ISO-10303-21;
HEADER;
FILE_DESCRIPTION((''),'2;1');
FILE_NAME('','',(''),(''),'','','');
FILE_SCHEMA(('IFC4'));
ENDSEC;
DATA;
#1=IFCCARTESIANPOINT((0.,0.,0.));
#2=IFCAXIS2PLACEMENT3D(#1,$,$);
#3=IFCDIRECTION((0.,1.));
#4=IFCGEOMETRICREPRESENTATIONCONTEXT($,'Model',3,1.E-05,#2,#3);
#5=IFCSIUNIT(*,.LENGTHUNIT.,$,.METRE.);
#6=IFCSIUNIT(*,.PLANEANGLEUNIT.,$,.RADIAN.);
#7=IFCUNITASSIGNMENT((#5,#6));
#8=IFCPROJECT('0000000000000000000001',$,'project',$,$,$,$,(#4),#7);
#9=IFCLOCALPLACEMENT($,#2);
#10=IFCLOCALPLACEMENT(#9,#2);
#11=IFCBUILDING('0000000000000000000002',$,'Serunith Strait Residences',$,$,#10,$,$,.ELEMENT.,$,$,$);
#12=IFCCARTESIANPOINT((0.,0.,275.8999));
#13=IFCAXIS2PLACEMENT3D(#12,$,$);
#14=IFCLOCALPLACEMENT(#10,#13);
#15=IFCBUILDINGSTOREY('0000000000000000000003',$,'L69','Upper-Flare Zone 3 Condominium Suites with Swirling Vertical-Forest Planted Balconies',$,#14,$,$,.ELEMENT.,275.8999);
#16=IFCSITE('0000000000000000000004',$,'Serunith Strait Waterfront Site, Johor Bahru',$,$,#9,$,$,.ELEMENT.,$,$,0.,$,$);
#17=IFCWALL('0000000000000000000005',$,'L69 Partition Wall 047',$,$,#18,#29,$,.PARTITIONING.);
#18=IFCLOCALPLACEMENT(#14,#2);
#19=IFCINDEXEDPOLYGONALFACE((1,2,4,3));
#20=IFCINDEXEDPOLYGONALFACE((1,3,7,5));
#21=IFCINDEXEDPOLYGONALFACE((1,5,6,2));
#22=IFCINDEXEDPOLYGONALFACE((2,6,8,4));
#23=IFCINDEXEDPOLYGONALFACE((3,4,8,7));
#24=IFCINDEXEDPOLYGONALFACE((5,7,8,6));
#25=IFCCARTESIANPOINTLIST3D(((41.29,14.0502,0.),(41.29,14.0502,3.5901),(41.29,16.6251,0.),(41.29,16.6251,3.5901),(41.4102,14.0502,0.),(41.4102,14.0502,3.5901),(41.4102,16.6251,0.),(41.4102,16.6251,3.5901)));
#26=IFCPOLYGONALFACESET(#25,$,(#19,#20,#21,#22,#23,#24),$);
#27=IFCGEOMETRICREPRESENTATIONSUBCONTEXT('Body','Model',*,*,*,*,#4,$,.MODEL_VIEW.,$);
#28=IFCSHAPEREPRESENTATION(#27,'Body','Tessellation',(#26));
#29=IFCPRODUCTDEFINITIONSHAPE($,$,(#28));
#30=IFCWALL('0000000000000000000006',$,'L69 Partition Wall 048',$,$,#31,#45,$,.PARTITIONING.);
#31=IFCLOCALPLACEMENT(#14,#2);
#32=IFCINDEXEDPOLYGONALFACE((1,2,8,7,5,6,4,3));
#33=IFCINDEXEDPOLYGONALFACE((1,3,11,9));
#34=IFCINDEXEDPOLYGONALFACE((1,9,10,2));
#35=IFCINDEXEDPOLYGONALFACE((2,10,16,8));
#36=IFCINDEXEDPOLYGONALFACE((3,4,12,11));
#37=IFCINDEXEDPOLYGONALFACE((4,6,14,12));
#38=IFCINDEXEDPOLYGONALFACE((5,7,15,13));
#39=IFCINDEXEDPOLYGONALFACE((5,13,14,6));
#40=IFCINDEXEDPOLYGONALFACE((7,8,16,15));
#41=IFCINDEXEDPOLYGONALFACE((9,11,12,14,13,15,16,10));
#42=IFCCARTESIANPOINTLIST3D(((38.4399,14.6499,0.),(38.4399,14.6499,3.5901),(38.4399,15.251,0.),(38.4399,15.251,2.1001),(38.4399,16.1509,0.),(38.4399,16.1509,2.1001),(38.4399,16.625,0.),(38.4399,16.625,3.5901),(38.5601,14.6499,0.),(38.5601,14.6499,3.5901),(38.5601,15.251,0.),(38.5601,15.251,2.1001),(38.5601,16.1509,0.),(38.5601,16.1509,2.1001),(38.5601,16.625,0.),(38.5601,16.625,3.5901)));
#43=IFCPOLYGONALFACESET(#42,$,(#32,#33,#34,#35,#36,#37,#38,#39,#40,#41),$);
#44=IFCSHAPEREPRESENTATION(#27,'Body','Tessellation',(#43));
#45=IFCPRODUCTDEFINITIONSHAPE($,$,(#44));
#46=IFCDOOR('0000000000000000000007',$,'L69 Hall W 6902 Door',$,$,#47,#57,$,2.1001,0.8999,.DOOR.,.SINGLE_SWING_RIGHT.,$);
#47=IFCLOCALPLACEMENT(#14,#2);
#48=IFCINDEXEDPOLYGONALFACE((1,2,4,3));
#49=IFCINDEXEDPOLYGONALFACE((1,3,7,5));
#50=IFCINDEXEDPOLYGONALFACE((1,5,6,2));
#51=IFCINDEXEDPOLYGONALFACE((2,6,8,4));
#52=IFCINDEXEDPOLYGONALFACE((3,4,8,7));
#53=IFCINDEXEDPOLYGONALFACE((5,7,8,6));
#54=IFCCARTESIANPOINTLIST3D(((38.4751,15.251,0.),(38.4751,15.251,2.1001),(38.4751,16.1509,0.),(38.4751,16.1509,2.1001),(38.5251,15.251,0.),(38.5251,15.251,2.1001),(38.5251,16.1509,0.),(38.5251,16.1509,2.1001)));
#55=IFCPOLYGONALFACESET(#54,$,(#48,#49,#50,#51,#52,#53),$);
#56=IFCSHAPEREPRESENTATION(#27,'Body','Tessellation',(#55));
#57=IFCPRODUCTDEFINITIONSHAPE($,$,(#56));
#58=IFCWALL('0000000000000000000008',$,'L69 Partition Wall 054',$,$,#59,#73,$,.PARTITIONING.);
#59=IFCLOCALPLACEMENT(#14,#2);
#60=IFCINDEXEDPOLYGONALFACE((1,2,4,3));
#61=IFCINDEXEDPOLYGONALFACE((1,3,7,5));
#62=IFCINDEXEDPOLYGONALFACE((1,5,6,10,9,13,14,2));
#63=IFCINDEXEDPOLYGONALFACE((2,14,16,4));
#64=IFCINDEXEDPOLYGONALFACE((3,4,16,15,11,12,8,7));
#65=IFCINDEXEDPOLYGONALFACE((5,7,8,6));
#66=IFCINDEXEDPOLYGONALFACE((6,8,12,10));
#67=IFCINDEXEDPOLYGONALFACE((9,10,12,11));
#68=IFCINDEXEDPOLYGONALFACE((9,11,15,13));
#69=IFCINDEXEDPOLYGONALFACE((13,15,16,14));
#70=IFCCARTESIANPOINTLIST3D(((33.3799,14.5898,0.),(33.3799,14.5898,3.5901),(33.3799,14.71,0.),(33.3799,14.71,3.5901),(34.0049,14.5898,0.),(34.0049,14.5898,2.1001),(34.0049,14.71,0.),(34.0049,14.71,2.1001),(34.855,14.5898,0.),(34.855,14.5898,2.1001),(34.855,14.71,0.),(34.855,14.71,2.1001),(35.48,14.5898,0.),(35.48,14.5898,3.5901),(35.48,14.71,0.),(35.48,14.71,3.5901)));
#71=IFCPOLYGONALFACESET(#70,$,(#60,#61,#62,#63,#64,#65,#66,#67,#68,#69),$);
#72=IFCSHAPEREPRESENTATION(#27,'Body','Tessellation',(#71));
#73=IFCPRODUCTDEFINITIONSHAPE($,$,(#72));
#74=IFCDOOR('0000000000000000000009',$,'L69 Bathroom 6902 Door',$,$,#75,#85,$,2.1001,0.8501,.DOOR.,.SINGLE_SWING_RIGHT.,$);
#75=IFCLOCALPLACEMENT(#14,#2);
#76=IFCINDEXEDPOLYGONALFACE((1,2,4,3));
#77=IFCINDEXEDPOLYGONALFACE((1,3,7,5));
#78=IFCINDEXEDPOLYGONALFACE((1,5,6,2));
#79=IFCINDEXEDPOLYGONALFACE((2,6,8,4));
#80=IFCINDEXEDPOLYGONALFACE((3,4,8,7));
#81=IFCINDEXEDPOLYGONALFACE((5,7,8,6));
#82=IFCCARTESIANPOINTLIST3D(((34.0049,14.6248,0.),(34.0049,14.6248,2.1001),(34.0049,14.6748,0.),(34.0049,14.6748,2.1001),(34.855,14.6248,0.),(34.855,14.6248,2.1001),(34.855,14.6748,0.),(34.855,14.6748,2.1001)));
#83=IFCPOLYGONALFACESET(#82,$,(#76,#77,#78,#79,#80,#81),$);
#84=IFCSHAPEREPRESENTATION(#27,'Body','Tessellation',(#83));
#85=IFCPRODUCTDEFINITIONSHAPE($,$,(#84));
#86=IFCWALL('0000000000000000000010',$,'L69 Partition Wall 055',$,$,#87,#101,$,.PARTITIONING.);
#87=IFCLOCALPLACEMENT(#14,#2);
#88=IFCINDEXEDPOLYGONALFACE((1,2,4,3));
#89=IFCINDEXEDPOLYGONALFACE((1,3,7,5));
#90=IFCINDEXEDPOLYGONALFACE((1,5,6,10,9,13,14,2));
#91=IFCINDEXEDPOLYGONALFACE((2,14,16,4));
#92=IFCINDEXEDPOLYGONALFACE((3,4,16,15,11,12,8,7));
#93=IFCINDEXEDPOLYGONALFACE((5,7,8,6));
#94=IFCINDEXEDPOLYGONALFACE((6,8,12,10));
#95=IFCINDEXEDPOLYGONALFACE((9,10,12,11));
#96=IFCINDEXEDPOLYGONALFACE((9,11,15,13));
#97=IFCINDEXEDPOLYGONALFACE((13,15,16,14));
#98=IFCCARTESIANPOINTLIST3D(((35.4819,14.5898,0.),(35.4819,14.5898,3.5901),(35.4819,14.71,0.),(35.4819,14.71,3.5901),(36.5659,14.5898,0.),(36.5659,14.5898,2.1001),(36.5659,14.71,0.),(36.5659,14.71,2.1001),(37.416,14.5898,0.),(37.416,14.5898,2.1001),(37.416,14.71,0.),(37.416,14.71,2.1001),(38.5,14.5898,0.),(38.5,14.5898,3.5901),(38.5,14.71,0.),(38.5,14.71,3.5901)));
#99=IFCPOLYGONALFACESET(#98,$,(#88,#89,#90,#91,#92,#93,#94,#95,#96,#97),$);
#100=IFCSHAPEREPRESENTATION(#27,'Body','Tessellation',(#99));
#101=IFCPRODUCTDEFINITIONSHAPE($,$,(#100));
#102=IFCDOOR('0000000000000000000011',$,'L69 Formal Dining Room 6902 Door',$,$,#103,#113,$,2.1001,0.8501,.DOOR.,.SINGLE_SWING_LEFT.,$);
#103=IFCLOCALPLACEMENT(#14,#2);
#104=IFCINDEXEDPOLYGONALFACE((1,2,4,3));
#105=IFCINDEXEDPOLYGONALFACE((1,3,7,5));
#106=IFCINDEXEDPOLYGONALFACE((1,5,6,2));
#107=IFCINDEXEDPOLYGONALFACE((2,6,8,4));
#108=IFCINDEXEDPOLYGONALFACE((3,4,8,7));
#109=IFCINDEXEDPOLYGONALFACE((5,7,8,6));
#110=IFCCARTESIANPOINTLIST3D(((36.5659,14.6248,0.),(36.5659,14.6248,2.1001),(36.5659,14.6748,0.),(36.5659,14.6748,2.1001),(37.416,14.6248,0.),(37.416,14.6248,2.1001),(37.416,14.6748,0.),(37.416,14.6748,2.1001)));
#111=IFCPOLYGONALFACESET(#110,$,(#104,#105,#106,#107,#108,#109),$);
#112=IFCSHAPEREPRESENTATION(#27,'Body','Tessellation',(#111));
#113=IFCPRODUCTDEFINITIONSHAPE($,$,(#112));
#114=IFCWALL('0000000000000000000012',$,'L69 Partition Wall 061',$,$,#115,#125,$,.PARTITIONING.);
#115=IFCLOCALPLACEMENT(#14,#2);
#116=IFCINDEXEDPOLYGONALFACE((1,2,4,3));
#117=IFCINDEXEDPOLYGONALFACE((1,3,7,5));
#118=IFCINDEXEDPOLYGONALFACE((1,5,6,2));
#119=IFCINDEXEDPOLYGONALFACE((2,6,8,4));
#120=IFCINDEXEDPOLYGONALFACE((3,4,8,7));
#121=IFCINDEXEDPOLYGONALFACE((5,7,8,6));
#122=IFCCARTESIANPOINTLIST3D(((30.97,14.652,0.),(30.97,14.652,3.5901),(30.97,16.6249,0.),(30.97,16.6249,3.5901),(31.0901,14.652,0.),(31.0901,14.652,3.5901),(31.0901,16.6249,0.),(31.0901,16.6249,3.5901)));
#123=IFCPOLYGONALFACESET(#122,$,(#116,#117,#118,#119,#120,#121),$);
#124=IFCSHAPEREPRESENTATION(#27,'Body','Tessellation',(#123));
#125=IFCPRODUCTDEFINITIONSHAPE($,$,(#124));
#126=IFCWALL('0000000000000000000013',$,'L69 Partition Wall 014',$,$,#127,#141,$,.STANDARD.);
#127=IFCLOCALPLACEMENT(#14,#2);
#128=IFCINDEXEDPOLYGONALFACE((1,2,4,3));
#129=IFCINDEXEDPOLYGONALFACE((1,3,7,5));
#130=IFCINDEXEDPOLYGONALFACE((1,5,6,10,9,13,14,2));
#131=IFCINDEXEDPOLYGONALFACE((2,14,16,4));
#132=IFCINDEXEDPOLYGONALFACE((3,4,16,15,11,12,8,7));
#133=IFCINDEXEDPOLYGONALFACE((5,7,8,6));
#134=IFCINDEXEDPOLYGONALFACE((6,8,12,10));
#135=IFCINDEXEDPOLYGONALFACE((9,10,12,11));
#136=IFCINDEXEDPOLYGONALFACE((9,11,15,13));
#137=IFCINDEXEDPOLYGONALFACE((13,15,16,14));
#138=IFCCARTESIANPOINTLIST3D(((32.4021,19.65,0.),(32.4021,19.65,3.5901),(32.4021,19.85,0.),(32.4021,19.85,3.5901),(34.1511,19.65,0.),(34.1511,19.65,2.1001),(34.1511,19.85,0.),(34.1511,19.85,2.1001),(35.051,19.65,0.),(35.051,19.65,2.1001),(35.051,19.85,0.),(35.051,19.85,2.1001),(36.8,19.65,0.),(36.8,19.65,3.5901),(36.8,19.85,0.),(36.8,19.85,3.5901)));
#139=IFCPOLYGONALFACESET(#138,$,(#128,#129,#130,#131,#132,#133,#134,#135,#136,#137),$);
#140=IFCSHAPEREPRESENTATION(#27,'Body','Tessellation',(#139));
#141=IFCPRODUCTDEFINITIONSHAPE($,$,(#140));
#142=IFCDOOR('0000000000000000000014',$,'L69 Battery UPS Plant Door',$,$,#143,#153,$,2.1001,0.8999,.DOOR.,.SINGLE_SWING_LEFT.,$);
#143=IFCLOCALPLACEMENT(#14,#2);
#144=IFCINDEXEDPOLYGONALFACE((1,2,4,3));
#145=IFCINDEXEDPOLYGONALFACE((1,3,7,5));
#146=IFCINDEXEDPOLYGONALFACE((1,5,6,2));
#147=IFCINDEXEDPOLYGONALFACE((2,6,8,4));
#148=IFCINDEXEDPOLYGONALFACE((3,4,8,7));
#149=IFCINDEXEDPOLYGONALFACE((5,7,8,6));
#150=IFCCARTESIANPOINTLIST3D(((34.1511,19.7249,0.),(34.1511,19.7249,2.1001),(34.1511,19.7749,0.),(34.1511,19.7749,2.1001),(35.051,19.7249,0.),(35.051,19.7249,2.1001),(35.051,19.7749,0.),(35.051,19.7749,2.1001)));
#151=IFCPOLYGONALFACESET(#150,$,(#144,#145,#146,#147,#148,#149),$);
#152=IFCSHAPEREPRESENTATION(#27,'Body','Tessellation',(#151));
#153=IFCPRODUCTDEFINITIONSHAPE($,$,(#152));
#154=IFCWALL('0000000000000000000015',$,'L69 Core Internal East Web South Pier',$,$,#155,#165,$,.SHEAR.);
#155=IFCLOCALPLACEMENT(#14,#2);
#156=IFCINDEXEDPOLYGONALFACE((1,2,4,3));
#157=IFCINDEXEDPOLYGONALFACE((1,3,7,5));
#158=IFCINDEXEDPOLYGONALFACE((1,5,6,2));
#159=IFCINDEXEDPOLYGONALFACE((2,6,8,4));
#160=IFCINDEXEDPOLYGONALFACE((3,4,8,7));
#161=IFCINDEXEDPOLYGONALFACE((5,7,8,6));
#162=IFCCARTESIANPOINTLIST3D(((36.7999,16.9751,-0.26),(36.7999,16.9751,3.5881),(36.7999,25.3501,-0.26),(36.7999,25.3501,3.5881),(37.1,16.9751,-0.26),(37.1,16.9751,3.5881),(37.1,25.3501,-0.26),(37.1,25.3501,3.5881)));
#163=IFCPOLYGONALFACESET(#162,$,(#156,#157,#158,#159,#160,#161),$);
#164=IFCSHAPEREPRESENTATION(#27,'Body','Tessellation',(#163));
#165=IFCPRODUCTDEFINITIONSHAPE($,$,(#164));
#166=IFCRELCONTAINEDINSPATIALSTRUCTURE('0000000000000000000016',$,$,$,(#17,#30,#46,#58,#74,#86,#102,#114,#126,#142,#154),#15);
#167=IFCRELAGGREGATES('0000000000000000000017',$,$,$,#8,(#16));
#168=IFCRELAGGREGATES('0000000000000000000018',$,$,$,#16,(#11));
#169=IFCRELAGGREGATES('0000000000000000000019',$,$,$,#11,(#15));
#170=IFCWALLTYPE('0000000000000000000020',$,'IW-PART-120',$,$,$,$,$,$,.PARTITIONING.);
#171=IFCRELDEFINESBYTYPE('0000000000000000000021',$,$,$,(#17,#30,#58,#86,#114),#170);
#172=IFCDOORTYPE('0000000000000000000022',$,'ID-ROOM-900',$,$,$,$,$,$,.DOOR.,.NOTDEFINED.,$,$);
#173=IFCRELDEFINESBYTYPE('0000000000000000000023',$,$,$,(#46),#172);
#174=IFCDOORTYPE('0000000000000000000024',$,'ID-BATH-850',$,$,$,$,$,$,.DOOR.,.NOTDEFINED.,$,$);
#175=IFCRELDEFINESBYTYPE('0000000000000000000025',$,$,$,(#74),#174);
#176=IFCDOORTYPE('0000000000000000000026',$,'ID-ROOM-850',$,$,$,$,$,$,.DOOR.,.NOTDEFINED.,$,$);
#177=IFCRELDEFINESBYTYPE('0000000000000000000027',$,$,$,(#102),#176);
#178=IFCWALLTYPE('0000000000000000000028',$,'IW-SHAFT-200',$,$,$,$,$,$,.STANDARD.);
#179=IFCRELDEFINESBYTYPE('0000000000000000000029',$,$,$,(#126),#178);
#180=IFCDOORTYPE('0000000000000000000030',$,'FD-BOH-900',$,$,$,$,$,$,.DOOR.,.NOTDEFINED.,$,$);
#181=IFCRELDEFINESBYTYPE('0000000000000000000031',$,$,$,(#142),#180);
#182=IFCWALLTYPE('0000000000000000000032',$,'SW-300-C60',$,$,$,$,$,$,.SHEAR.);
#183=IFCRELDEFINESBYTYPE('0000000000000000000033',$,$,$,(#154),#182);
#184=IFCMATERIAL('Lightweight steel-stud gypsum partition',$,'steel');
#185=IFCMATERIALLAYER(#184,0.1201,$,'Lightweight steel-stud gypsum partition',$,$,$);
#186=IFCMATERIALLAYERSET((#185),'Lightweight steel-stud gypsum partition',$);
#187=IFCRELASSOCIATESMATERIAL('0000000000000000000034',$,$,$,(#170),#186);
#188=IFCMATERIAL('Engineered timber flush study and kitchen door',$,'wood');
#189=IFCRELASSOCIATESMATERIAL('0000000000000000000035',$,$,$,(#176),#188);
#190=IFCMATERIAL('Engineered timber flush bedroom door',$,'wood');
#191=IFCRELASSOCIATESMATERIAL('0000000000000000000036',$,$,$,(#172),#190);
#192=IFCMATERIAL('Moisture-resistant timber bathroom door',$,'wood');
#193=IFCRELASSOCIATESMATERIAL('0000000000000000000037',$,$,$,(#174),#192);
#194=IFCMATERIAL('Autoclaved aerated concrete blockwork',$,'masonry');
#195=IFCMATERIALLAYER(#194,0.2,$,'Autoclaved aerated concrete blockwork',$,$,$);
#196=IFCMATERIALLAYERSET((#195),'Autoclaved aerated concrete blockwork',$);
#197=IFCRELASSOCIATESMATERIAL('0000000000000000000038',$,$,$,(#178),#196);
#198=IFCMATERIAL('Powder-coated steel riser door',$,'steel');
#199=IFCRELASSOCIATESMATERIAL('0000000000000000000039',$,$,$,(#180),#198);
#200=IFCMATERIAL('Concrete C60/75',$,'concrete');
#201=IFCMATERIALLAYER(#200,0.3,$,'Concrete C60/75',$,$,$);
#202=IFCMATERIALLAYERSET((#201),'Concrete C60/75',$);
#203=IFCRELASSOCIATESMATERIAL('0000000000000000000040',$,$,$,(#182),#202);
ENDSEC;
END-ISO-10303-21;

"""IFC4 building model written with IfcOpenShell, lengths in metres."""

from ifc_helpers import new_model, si_unit, direction, frame, frame_2d, origin, place, context, subcontext, project, spatial, rectangle, extrude, source, transform, mapped, material, layer, layer_set, type_object, element, fill, save


model = new_model("IFC4")

# Units and contexts
model_context = context("Model", 3, precision=1e-05, world=origin(), true_north=direction((0.0, 1.0)))
body_context = subcontext(model_context, "Body", "Model", "MODEL_VIEW")
ifc_project = project(units=[si_unit("LENGTHUNIT", "METRE"), si_unit("PLANEANGLEUNIT", "RADIAN")], contexts=[model_context])

# Site, building, storey
site_placement = place(None, origin())
site = spatial("IfcSite", under=ifc_project, at=site_placement, Name="Serunith Strait Waterfront Site, Johor Bahru", CompositionType="ELEMENT", RefElevation=0.0)
building_placement = place(site_placement, origin())
building = spatial("IfcBuilding", under=site, at=building_placement, Name="Serunith Strait Residences", CompositionType="ELEMENT")
storey_placement = place(building_placement, frame((0.0, 0.0, 275.8999)))
storey = spatial("IfcBuildingStorey", under=building, at=storey_placement, Name="L69", Description="Upper-Flare Zone 3 Condominium Suites with Swirling Vertical-Forest Planted Balconies", CompositionType="ELEMENT", Elevation=275.8999)

# Shared definitions
ifc_material_1 = material(Name="Concrete C60/75", Category="concrete")

# Shared definitions
ifc_material_2 = material(Name="Lightweight steel-stud gypsum partition", Category="steel")
ifc_layer_1 = layer(ifc_material_2, 0.1201, Name="Lightweight steel-stud gypsum partition")
ifc_layer_set_1 = layer_set([ifc_layer_1], Name="Lightweight steel-stud gypsum partition")
wall_type_1 = type_object("IfcWallType", Name="IW-PART-120", PredefinedType="PARTITIONING", material=ifc_layer_set_1)
ifc_material_3 = material(Name="Engineered timber flush study and kitchen door", Category="wood")
door_type_1 = type_object("IfcDoorType", Name="ID-ROOM-850", OperationType="NOTDEFINED", PredefinedType="DOOR", material=ifc_material_3)
shared_shape_1 = source(origin(), body_context, "Body", "SweptSolid", [
    extrude(rectangle(XDim=0.8501, YDim=2.1001, at=frame_2d((0.425, 1.05))), frame((0.0, 0.0249, 0.0), z_axis=(0.0, -1.0, 0.0), x_axis=(1.0, 0.0, 0.0)), (0.0, 0.0, 1.0), 0.05),
])

# Wall
wall_1_placement = place(storey_placement, frame((41.3501, 14.05, 0.0), z_axis=(0.0, 0.0, 1.0), x_axis=(0.0, 1.0, 0.0)))
element("IfcWall", 1, at=wall_1_placement, inside=storey, type_object=wall_type_1, Name="L69 Partition Wall 047", PredefinedType="PARTITIONING", context=body_context, shape_type="SweptSolid", body=[
    extrude(rectangle(XDim=2.575, YDim=0.1201, at=frame_2d((1.2876, 0.0))), origin(), (0.0, 0.0, 1.0), 3.5901),
])

# Walls, openings, doors
wall_2_placement = place(storey_placement, frame((38.5, 14.6499, 0.0), z_axis=(0.0, 0.0, 1.0), x_axis=(0.0, 1.0, 0.0)))
wall_2 = element("IfcWall", 2, at=wall_2_placement, inside=storey, type_object=wall_type_1, Name="L69 Partition Wall 048", PredefinedType="PARTITIONING", context=body_context, shape_type="SweptSolid", body=[
    extrude(rectangle(XDim=1.9751, YDim=0.1201, at=frame_2d((0.9875, 0.0))), origin(), (0.0, 0.0, 1.0), 3.5901),
])
opening_1_placement = place(wall_2_placement, frame((0.6011, 0.0, 0.0)))
opening_1 = element("IfcOpeningElement", 3, at=opening_1_placement, cuts=wall_2, PredefinedType="OPENING", context=body_context, shape_type="SweptSolid", body=[
    extrude(rectangle(XDim=0.8999, YDim=2.1001, at=frame_2d((0.45, 1.05))), frame((0.0, 0.0701, 0.0), z_axis=(0.0, -1.0, 0.0), x_axis=(1.0, 0.0, 0.0)), (0.0, 0.0, 1.0), 0.1401),
])
ifc_material_4 = material(Name="Engineered timber flush bedroom door", Category="wood")
door_type_2 = type_object("IfcDoorType", Name="ID-ROOM-900", OperationType="NOTDEFINED", PredefinedType="DOOR", material=ifc_material_4)
shared_shape_2 = source(origin(), body_context, "Body", "SweptSolid", [
    extrude(rectangle(XDim=0.8999, YDim=2.1001, at=frame_2d((0.45, 1.05))), frame((0.0, 0.0249, 0.0), z_axis=(0.0, -1.0, 0.0), x_axis=(1.0, 0.0, 0.0)), (0.0, 0.0, 1.0), 0.05),
])
door_1_placement = place(opening_1_placement, origin())
door_1 = element("IfcDoor", 4, at=door_1_placement, inside=storey, type_object=door_type_2, Name="L69 Hall W 6902 Door", OperationType="SINGLE_SWING_RIGHT", OverallHeight=2.1001, OverallWidth=0.8999, PredefinedType="DOOR", context=body_context, shape_type="MappedRepresentation", body=[
    mapped(shared_shape_2, transform((0.0, 0.0, 0.0), scale=1.0)),
])
fill(opening_1, door_1)
wall_3_placement = place(storey_placement, frame((33.3799, 14.6499, 0.0), z_axis=(0.0, 0.0, 1.0), x_axis=(1.0, 0.0, 0.0)))
wall_3 = element("IfcWall", 5, at=wall_3_placement, inside=storey, type_object=wall_type_1, Name="L69 Partition Wall 054", PredefinedType="PARTITIONING", context=body_context, shape_type="SweptSolid", body=[
    extrude(rectangle(XDim=2.1001, YDim=0.1201, at=frame_2d((1.05, 0.0))), origin(), (0.0, 0.0, 1.0), 3.5901),
])
opening_2_placement = place(wall_3_placement, frame((0.625, 0.0, 0.0)))
opening_2 = element("IfcOpeningElement", 6, at=opening_2_placement, cuts=wall_3, PredefinedType="OPENING", context=body_context, shape_type="SweptSolid", body=[
    extrude(rectangle(XDim=0.8501, YDim=2.1001, at=frame_2d((0.425, 1.05))), frame((0.0, 0.0701, 0.0), z_axis=(0.0, -1.0, 0.0), x_axis=(1.0, 0.0, 0.0)), (0.0, 0.0, 1.0), 0.1401),
])
ifc_material_5 = material(Name="Moisture-resistant timber bathroom door", Category="wood")
door_type_3 = type_object("IfcDoorType", Name="ID-BATH-850", OperationType="NOTDEFINED", PredefinedType="DOOR", material=ifc_material_5)
door_2_placement = place(opening_2_placement, origin())
door_2 = element("IfcDoor", 7, at=door_2_placement, inside=storey, type_object=door_type_3, Name="L69 Bathroom 6902 Door", OperationType="SINGLE_SWING_RIGHT", OverallHeight=2.1001, OverallWidth=0.8501, PredefinedType="DOOR", context=body_context, shape_type="MappedRepresentation", body=[
    mapped(shared_shape_1, transform((0.0, 0.0, 0.0), scale=1.0)),
])
fill(opening_2, door_2)
wall_4_placement = place(storey_placement, frame((35.4819, 14.6499, 0.0), z_axis=(0.0, 0.0, 1.0), x_axis=(1.0, 0.0, 0.0)))
wall_4 = element("IfcWall", 8, at=wall_4_placement, inside=storey, type_object=wall_type_1, Name="L69 Partition Wall 055", PredefinedType="PARTITIONING", context=body_context, shape_type="SweptSolid", body=[
    extrude(rectangle(XDim=3.0181, YDim=0.1201, at=frame_2d((1.509, 0.0))), origin(), (0.0, 0.0, 1.0), 3.5901),
])
opening_3_placement = place(wall_4_placement, frame((1.084, 0.0, 0.0)))
opening_3 = element("IfcOpeningElement", 9, at=opening_3_placement, cuts=wall_4, PredefinedType="OPENING", context=body_context, shape_type="SweptSolid", body=[
    extrude(rectangle(XDim=0.8501, YDim=2.1001, at=frame_2d((0.425, 1.05))), frame((0.0, 0.0701, 0.0), z_axis=(0.0, -1.0, 0.0), x_axis=(1.0, 0.0, 0.0)), (0.0, 0.0, 1.0), 0.1401),
])
door_3_placement = place(opening_3_placement, origin())
door_3 = element("IfcDoor", 10, at=door_3_placement, inside=storey, type_object=door_type_1, Name="L69 Formal Dining Room 6902 Door", OperationType="SINGLE_SWING_LEFT", OverallHeight=2.1001, OverallWidth=0.8501, PredefinedType="DOOR", context=body_context, shape_type="MappedRepresentation", body=[
    mapped(shared_shape_1, transform((0.0, 0.0, 0.0), scale=1.0)),
])
fill(opening_3, door_3)

# Wall
wall_5_placement = place(storey_placement, frame((31.03, 14.6521, 0.0), z_axis=(0.0, 0.0, 1.0), x_axis=(0.0, 1.0, 0.0)))
element("IfcWall", 11, at=wall_5_placement, inside=storey, type_object=wall_type_1, Name="L69 Partition Wall 061", PredefinedType="PARTITIONING", context=body_context, shape_type="SweptSolid", body=[
    extrude(rectangle(XDim=1.9729, YDim=0.1201, at=frame_2d((0.9863, 0.0))), origin(), (0.0, 0.0, 1.0), 3.5901),
])

# Wall, opening, door
ifc_material_6 = material(Name="Autoclaved aerated concrete blockwork", Category="masonry")
ifc_layer_2 = layer(ifc_material_6, 0.2, Name="Autoclaved aerated concrete blockwork")
ifc_layer_set_2 = layer_set([ifc_layer_2], Name="Autoclaved aerated concrete blockwork")
wall_type_2 = type_object("IfcWallType", Name="IW-SHAFT-200", PredefinedType="STANDARD", material=ifc_layer_set_2)
wall_6_placement = place(storey_placement, frame((32.4021, 19.75, 0.0), z_axis=(0.0, 0.0, 1.0), x_axis=(1.0, 0.0, 0.0)))
wall_6 = element("IfcWall", 12, at=wall_6_placement, inside=storey, type_object=wall_type_2, Name="L69 Partition Wall 014", PredefinedType="STANDARD", context=body_context, shape_type="SweptSolid", body=[
    extrude(rectangle(XDim=4.3979, YDim=0.2, at=frame_2d((2.199, 0.0))), origin(), (0.0, 0.0, 1.0), 3.5901),
])
opening_4_placement = place(wall_6_placement, frame((1.749, 0.0, 0.0)))
opening_4 = element("IfcOpeningElement", 13, at=opening_4_placement, cuts=wall_6, PredefinedType="OPENING", context=body_context, shape_type="SweptSolid", body=[
    extrude(rectangle(XDim=0.8999, YDim=2.1001, at=frame_2d((0.45, 1.05))), frame((0.0, 0.1099, 0.0), z_axis=(0.0, -1.0, 0.0), x_axis=(1.0, 0.0, 0.0)), (0.0, 0.0, 1.0), 0.22),
])
ifc_material_7 = material(Name="Powder-coated steel riser door", Category="steel")
door_type_4 = type_object("IfcDoorType", Name="FD-BOH-900", OperationType="NOTDEFINED", PredefinedType="DOOR", material=ifc_material_7)
door_4_placement = place(opening_4_placement, origin())
door_4 = element("IfcDoor", 14, at=door_4_placement, inside=storey, type_object=door_type_4, Name="L69 Battery UPS Plant Door", OperationType="SINGLE_SWING_LEFT", OverallHeight=2.1001, OverallWidth=0.8999, PredefinedType="DOOR", context=body_context, shape_type="MappedRepresentation", body=[
    mapped(shared_shape_2, transform((0.0, 0.0, 0.0), scale=1.0)),
])
fill(opening_4, door_4)

# Wall
ifc_layer_3 = layer(ifc_material_1, 0.3, Name="Concrete C60/75")
ifc_layer_set_3 = layer_set([ifc_layer_3], Name="Concrete C60/75")
wall_type_3 = type_object("IfcWallType", Name="SW-300-C60", PredefinedType="SHEAR", material=ifc_layer_set_3)
wall_7_placement = place(storey_placement, frame((36.95, 16.9751, -0.26), z_axis=(0.0, 0.0, 1.0), x_axis=(0.0, 1.0, 0.0)))
element("IfcWall", 15, at=wall_7_placement, inside=storey, type_object=wall_type_3, Name="L69 Core Internal East Web South Pier", PredefinedType="SHEAR", context=body_context, shape_type="SweptSolid", body=[
    extrude(rectangle(XDim=8.375, YDim=0.3, at=frame_2d((4.1875, 0.0))), origin(), (0.0, 0.0, 1.0), 3.8481),
])

save(model, "model.ifc")
